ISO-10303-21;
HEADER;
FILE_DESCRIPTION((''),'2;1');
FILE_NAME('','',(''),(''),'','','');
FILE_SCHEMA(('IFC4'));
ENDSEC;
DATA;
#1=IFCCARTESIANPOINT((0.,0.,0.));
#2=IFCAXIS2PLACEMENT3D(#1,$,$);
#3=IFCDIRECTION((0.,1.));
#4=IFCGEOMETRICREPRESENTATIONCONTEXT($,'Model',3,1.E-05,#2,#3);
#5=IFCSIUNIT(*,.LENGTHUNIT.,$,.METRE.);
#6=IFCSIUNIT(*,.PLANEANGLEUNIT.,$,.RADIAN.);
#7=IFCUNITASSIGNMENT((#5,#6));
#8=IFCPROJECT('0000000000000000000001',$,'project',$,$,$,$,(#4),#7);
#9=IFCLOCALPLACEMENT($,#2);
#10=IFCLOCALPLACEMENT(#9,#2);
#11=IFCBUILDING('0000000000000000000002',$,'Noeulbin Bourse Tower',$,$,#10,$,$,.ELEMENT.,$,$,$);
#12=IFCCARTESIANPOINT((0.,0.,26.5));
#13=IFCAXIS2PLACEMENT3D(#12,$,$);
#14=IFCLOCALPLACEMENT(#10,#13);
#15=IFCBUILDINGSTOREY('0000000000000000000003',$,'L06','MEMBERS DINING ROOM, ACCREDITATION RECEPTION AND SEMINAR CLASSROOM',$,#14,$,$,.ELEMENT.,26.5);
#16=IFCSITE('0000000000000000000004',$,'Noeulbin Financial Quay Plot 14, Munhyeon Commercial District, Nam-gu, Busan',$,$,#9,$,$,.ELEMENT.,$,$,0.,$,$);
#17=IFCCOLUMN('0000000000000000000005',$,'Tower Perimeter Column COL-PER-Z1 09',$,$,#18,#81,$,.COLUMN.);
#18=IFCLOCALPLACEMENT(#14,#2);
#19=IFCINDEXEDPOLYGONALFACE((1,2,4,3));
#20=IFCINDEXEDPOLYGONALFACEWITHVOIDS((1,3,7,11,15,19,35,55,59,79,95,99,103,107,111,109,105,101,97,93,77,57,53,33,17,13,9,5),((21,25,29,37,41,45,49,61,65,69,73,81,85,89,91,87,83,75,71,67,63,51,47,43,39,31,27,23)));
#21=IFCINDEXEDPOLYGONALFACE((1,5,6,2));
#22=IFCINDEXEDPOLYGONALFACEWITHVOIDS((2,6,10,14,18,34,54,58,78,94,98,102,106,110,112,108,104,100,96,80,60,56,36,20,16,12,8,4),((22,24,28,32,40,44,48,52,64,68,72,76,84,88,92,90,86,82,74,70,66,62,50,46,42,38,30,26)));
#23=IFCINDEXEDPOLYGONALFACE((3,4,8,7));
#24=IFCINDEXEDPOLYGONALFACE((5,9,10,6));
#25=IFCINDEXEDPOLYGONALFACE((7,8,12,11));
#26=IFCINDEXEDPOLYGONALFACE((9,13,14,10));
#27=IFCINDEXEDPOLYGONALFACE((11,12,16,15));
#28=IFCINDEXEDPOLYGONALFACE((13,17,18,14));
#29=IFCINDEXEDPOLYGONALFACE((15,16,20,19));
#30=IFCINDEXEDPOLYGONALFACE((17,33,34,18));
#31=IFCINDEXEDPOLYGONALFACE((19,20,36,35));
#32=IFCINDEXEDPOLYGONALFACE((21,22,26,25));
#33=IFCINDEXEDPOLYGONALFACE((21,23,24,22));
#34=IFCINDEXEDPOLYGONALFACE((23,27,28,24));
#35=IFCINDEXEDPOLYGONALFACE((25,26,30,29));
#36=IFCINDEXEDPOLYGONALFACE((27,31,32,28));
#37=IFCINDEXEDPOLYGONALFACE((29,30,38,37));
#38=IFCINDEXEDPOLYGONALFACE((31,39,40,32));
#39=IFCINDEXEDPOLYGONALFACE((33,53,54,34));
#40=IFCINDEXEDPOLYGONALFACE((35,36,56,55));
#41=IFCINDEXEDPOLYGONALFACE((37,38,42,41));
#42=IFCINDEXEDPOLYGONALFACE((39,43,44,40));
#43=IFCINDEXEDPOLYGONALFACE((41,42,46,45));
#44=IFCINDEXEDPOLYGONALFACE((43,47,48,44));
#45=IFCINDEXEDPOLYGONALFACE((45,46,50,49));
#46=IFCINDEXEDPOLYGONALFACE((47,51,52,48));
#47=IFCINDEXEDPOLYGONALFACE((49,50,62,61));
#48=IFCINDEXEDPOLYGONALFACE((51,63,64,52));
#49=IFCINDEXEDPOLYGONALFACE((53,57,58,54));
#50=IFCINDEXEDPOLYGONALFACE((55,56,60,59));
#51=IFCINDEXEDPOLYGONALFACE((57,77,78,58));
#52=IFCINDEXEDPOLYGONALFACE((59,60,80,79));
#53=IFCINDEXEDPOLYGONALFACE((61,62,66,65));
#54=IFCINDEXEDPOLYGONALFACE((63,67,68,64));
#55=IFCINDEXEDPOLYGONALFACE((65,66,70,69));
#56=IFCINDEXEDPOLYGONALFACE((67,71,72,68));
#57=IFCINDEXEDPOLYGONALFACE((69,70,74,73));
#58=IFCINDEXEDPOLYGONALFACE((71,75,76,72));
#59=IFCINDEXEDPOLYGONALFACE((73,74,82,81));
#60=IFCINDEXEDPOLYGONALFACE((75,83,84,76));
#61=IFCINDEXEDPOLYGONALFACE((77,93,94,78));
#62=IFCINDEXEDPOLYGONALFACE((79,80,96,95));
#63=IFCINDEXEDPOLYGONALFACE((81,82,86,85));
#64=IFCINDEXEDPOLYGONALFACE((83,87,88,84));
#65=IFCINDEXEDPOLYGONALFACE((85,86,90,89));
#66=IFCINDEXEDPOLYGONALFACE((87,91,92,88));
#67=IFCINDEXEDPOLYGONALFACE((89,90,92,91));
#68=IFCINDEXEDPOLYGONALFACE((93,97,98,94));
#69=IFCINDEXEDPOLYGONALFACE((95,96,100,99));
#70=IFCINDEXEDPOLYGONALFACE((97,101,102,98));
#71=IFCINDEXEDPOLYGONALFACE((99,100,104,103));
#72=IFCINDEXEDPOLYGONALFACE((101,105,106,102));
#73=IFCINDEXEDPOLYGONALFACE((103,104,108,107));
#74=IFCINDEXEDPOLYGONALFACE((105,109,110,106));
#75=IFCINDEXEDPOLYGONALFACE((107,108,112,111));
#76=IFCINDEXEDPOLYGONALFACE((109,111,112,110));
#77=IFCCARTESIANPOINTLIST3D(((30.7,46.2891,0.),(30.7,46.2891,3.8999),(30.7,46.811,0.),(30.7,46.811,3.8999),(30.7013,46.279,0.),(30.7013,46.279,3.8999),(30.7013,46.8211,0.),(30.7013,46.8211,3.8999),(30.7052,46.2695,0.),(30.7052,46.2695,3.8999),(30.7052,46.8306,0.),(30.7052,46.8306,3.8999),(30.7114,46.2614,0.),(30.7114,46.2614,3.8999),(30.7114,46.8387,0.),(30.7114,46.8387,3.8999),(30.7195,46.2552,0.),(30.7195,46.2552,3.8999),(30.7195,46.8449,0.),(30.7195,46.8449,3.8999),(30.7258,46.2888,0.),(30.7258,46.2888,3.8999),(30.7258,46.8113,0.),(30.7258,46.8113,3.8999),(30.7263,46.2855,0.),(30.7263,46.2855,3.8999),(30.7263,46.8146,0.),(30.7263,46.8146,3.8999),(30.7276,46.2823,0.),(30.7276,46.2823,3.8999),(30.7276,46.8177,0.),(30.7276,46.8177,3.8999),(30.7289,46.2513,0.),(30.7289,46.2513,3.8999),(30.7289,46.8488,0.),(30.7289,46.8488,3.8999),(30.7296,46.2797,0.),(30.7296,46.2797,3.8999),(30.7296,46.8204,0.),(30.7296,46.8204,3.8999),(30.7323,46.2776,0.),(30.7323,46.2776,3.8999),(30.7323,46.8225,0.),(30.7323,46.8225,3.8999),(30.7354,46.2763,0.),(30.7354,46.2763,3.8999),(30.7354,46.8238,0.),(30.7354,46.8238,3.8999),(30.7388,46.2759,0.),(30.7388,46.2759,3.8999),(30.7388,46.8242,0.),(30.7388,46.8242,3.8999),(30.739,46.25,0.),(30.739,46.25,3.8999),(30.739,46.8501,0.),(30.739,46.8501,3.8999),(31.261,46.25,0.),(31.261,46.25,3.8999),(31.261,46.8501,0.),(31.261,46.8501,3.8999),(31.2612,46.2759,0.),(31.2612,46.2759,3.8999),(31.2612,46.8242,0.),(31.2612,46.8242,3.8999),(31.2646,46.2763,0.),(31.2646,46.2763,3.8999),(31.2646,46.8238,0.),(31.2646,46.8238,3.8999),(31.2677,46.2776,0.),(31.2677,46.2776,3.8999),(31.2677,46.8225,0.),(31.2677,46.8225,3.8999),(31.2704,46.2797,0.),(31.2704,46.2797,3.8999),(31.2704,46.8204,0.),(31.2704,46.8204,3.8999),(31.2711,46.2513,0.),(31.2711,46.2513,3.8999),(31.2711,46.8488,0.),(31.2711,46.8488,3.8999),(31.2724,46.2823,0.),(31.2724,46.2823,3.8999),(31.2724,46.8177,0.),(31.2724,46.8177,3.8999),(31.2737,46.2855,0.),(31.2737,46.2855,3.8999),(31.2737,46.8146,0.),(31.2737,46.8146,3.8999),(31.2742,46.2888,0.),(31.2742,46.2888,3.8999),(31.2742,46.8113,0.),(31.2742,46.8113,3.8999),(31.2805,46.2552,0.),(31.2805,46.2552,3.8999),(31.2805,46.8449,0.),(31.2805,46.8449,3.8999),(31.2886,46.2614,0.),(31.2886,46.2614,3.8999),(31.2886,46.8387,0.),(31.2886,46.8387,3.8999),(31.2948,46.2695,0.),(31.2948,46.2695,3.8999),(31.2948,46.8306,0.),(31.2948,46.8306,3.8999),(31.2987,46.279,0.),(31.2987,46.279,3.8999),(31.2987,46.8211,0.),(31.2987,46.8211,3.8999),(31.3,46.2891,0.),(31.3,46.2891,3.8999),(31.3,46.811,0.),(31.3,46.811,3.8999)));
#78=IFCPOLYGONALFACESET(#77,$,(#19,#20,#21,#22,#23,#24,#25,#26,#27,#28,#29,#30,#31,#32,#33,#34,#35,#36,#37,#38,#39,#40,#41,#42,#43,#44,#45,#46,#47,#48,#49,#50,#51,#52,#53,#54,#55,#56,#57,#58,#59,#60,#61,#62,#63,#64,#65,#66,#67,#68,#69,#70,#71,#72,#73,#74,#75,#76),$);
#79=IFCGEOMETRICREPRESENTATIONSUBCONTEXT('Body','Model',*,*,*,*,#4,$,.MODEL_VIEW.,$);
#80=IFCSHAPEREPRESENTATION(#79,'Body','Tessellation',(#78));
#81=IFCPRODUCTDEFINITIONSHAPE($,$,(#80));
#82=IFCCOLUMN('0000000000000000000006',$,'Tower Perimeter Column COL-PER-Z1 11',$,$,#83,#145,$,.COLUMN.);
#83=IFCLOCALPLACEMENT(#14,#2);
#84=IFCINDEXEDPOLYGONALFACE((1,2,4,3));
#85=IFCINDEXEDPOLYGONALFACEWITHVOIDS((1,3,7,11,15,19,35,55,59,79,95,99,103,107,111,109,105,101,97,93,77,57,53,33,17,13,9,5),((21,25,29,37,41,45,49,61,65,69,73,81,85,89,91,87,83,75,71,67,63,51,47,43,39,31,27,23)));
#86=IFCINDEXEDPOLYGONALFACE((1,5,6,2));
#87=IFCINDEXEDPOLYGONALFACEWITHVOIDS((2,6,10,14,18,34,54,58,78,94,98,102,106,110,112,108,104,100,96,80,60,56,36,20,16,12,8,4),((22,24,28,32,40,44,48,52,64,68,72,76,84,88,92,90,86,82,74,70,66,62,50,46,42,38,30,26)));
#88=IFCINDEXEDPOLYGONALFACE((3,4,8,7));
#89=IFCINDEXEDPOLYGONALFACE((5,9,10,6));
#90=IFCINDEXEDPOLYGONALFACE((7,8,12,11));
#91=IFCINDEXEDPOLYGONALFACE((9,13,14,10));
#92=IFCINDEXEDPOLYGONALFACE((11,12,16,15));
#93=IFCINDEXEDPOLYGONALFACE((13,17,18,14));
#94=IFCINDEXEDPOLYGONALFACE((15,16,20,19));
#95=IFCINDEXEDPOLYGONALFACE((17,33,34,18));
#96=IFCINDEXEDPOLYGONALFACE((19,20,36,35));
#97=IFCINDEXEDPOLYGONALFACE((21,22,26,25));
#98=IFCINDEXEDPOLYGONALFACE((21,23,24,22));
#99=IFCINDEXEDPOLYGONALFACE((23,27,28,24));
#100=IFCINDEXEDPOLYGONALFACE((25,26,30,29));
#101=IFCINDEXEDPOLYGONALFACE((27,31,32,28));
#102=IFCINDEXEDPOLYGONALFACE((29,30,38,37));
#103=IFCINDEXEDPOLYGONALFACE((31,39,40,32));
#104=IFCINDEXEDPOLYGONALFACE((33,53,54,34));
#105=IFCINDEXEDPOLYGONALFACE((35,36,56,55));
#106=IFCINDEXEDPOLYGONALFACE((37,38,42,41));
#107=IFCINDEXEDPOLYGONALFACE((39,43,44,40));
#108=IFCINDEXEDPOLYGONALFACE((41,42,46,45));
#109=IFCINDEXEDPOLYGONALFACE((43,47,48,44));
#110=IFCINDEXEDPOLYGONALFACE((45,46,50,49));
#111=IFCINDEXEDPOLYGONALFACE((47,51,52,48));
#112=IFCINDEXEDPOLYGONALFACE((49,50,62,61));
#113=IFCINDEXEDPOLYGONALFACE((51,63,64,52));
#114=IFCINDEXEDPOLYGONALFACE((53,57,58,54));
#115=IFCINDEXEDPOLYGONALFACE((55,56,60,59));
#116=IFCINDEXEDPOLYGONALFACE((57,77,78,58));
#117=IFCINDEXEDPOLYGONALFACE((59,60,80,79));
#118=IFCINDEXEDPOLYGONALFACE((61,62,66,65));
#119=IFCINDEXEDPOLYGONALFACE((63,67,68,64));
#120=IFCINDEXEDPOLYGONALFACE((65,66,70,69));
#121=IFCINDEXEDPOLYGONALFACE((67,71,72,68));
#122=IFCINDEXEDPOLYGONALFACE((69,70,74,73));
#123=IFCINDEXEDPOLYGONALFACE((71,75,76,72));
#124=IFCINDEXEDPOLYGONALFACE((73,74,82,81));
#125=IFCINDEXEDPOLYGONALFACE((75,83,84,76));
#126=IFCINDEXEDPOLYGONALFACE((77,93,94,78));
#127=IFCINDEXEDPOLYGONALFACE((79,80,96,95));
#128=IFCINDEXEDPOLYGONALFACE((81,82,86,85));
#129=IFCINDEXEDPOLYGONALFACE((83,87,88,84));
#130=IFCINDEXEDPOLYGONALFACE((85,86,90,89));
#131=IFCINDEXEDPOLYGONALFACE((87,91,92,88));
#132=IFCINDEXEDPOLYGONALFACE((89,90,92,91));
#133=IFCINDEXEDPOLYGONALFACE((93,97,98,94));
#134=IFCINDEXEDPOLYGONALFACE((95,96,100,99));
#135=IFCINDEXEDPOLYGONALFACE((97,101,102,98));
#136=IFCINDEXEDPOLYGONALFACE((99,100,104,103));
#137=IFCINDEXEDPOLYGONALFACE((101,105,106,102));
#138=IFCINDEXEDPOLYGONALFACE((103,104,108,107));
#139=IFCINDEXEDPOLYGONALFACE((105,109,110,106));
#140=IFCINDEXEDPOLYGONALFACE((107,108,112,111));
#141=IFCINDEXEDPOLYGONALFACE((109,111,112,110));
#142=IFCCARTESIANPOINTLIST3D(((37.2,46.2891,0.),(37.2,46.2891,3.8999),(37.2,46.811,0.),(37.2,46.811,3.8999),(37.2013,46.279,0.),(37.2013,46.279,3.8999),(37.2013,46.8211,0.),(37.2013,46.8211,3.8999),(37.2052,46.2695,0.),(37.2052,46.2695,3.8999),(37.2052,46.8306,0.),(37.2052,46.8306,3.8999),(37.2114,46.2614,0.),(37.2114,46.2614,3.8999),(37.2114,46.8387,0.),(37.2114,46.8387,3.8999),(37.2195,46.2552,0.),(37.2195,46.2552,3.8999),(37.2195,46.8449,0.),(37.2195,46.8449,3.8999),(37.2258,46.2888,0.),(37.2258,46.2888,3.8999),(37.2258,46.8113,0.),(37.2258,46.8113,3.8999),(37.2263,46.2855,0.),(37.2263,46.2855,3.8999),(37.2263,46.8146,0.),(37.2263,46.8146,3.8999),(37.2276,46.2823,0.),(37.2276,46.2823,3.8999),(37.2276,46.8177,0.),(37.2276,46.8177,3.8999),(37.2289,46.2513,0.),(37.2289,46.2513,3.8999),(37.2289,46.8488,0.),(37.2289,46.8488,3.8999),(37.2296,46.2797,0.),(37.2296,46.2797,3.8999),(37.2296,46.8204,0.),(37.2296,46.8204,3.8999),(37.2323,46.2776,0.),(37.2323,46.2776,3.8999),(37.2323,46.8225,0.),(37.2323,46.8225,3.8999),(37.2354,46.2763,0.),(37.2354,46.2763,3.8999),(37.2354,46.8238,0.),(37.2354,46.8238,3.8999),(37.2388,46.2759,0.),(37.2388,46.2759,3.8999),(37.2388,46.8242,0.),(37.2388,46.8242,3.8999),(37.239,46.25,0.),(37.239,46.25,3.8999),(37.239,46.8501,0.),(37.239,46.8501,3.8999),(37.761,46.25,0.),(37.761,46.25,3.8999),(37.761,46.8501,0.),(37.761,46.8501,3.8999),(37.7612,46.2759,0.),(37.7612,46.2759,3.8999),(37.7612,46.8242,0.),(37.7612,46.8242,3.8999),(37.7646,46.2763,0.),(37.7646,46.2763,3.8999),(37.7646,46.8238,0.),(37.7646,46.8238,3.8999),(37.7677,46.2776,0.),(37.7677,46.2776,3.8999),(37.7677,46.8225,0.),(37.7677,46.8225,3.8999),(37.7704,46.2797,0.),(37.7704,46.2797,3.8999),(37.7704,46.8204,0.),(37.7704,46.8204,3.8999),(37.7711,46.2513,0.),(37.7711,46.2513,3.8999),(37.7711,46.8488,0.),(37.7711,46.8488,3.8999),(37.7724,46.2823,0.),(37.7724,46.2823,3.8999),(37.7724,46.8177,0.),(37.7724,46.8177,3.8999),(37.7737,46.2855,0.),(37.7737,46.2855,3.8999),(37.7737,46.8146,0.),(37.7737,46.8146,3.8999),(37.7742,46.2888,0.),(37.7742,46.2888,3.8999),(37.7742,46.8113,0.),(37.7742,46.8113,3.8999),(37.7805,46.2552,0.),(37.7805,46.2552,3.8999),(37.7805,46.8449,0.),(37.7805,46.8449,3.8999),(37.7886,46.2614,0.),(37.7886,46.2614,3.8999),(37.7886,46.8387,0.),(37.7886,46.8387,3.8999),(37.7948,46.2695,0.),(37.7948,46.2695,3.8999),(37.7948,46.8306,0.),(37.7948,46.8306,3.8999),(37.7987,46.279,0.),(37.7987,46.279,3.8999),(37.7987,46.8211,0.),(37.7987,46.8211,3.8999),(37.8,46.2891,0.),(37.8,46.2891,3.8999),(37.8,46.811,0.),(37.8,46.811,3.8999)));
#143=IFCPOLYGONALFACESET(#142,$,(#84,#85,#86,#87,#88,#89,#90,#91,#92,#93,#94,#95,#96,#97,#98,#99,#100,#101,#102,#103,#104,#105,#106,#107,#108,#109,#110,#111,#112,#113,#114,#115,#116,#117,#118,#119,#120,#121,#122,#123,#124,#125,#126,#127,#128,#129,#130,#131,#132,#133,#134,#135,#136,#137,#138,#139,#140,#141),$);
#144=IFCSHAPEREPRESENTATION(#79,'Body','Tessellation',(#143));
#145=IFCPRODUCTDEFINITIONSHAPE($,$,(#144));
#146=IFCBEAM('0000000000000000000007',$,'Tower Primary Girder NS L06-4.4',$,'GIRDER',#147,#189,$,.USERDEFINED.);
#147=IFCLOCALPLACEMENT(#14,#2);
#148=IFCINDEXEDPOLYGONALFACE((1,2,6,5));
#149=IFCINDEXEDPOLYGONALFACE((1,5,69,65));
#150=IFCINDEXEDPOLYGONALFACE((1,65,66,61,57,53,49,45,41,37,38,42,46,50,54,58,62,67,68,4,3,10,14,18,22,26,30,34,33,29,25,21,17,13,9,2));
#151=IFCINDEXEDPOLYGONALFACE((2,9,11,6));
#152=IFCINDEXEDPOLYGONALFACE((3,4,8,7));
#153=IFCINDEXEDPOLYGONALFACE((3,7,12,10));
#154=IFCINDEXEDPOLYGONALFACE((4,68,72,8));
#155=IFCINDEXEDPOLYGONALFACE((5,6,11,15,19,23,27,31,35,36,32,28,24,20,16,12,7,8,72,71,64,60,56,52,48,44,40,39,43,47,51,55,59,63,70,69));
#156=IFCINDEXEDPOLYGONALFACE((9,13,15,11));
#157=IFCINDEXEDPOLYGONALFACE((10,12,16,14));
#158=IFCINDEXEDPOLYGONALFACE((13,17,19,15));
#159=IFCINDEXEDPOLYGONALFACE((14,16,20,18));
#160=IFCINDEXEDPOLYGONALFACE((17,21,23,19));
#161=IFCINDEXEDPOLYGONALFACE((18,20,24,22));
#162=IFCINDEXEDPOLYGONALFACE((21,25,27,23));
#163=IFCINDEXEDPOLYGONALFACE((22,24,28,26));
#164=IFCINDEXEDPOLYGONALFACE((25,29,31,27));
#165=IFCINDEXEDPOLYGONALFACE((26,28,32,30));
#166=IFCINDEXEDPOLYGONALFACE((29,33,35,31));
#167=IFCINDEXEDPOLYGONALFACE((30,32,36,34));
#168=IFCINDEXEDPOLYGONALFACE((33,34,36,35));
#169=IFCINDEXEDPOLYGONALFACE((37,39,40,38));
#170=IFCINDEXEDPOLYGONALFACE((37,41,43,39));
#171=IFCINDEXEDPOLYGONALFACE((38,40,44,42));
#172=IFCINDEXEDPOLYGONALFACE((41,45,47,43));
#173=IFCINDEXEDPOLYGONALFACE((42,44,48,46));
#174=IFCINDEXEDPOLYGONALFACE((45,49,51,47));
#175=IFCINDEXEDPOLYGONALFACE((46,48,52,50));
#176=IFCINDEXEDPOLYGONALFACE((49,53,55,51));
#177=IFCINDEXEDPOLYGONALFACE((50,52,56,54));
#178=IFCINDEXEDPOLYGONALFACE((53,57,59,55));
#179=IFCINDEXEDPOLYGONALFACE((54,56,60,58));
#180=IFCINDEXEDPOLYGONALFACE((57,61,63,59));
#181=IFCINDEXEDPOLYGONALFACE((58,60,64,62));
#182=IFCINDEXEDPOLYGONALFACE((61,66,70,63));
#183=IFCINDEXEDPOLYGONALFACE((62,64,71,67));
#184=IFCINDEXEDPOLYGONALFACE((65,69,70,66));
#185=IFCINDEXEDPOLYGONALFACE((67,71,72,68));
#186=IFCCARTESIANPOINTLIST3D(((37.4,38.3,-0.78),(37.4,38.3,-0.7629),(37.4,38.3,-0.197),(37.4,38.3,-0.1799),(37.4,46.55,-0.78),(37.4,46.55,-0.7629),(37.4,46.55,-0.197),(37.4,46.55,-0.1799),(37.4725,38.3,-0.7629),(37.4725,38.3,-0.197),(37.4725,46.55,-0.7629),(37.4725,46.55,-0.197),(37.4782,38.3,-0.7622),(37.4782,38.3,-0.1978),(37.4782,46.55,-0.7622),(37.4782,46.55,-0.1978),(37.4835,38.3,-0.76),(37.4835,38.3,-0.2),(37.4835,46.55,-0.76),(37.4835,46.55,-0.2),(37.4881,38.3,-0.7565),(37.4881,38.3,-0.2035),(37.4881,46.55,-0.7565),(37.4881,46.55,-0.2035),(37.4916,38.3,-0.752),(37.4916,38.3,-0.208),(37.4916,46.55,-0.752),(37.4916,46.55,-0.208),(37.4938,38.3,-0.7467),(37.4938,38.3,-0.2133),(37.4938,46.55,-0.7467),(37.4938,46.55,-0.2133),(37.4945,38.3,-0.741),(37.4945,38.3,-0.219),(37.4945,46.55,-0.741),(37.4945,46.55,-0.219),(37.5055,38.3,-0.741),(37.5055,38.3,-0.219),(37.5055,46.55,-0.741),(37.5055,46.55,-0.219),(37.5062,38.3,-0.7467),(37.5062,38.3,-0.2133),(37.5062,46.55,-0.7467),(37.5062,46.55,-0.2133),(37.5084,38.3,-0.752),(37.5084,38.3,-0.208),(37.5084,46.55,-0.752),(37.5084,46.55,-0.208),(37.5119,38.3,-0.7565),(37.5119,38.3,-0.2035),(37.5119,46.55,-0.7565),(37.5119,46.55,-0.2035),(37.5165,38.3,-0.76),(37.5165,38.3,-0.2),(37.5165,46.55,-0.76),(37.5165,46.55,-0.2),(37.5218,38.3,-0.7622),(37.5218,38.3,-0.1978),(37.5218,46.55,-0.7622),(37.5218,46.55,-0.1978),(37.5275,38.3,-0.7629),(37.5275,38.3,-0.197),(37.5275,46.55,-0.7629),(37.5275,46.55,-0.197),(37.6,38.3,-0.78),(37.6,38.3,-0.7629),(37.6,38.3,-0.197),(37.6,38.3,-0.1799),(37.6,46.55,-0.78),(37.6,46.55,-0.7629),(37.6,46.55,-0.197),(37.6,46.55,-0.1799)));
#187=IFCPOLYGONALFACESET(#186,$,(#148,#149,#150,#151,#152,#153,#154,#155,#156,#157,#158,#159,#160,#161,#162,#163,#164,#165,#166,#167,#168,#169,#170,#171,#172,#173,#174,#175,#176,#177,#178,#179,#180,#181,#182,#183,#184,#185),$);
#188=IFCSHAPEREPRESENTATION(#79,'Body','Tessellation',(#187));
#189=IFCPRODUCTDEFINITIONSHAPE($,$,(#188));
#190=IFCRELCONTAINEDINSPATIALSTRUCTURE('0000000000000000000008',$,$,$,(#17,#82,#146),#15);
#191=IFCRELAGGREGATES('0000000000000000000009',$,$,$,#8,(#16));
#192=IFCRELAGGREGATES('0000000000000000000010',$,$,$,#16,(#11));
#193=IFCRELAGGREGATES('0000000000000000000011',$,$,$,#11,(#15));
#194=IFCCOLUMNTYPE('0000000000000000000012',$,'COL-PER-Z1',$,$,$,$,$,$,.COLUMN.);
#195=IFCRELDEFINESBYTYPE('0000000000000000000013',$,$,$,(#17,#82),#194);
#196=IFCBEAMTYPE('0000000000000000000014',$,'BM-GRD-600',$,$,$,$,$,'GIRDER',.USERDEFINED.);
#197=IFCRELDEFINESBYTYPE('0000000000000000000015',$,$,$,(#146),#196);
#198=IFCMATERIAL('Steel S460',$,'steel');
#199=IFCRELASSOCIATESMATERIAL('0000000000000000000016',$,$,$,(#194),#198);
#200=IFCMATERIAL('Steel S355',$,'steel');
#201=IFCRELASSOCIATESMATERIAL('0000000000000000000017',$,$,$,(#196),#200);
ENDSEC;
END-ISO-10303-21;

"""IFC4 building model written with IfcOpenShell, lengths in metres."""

from ifc_helpers import new_model, si_unit, direction, frame, origin, origin_2d, place, context, subcontext, project, spatial, hollow_rectangle, i_section, extrude, material, material_profile, profile_set, type_object, element, save


model = new_model("IFC4")

# Units and contexts
model_context = context("Model", 3, precision=1e-05, world=origin(), true_north=direction((0.0, 1.0)))
body_context = subcontext(model_context, "Body", "Model", "MODEL_VIEW")
ifc_project = project(units=[si_unit("LENGTHUNIT", "METRE"), si_unit("PLANEANGLEUNIT", "RADIAN")], contexts=[model_context])

# Site, building, storey
site_placement = place(None, origin())
site = spatial("IfcSite", under=ifc_project, at=site_placement, Name="Noeulbin Financial Quay Plot 14, Munhyeon Commercial District, Nam-gu, Busan", CompositionType="ELEMENT", RefElevation=0.0)
building_placement = place(site_placement, origin())
building = spatial("IfcBuilding", under=site, at=building_placement, Name="Noeulbin Bourse Tower", CompositionType="ELEMENT")
storey_placement = place(building_placement, frame((0.0, 0.0, 26.5)))
storey = spatial("IfcBuildingStorey", under=building, at=storey_placement, Name="L06", Description="MEMBERS DINING ROOM, ACCREDITATION RECEPTION AND SEMINAR CLASSROOM", CompositionType="ELEMENT", Elevation=26.5)

# Columns
ifc_material_1 = material(Name="Steel S460", Category="steel")
ifc_material_profile_1 = material_profile(ifc_material_1, hollow_rectangle(XDim=0.6001, YDim=0.6001, WallThickness=0.0259, InnerFilletRadius=0.0129, OuterFilletRadius=0.0391, at=origin_2d()), Name="BOX-600x600x26", Category="LoadBearing")
ifc_profile_set_1 = profile_set([ifc_material_profile_1], Name="Steel S460")
column_type = type_object("IfcColumnType", Name="COL-PER-Z1", PredefinedType="COLUMN", material=ifc_profile_set_1)
for number, where, z_axis, x_axis, name in (
    (1, (31.0, 46.55, 0.0), (0.0, 0.0, 1.0), (1.0, 0.0, 0.0), "Tower Perimeter Column COL-PER-Z1 09"),
    (2, (37.5, 46.55, 0.0), (0.0, 0.0, 1.0), (1.0, 0.0, 0.0), "Tower Perimeter Column COL-PER-Z1 11"),
):
    element("IfcColumn", number, at=place(storey_placement, frame(where, z_axis=z_axis, x_axis=x_axis)), inside=storey, type_object=column_type, Name=name, PredefinedType="COLUMN", context=body_context, shape_type="SweptSolid", body=[
        extrude(hollow_rectangle(XDim=0.6001, YDim=0.6001, WallThickness=0.0259, InnerFilletRadius=0.0129, OuterFilletRadius=0.0391, at=origin_2d()), origin(), (0.0, 0.0, 1.0), 3.8999),
    ])

# Beam
ifc_material_2 = material(Name="Steel S355", Category="steel")
ifc_material_profile_2 = material_profile(ifc_material_2, i_section(OverallWidth=0.2, OverallDepth=0.6001, WebThickness=0.011, FlangeThickness=0.0171, FilletRadius=0.022, at=origin_2d()), Name="H-600x200x11x17", Category="LoadBearing")
ifc_profile_set_2 = profile_set([ifc_material_profile_2], Name="Steel S355")
beam_type_1 = type_object("IfcBeamType", Name="BM-GRD-600", ElementType="GIRDER", PredefinedType="USERDEFINED", material=ifc_profile_set_2)
beam_placement = place(storey_placement, frame((37.5, 38.3, -0.48), z_axis=(0.0, 1.0, 0.0), x_axis=(-1.0, 0.0, 0.0)))
element("IfcBeam", 3, at=beam_placement, inside=storey, type_object=beam_type_1, Name="Tower Primary Girder NS L06-4.4", ObjectType="GIRDER", PredefinedType="USERDEFINED", context=body_context, shape_type="SweptSolid", body=[
    extrude(i_section(OverallWidth=0.2, OverallDepth=0.6001, WebThickness=0.011, FlangeThickness=0.0171, FilletRadius=0.022, at=origin_2d()), origin(), (0.0, 0.0, 1.0), 8.25),
])

save(model, "model.ifc")
